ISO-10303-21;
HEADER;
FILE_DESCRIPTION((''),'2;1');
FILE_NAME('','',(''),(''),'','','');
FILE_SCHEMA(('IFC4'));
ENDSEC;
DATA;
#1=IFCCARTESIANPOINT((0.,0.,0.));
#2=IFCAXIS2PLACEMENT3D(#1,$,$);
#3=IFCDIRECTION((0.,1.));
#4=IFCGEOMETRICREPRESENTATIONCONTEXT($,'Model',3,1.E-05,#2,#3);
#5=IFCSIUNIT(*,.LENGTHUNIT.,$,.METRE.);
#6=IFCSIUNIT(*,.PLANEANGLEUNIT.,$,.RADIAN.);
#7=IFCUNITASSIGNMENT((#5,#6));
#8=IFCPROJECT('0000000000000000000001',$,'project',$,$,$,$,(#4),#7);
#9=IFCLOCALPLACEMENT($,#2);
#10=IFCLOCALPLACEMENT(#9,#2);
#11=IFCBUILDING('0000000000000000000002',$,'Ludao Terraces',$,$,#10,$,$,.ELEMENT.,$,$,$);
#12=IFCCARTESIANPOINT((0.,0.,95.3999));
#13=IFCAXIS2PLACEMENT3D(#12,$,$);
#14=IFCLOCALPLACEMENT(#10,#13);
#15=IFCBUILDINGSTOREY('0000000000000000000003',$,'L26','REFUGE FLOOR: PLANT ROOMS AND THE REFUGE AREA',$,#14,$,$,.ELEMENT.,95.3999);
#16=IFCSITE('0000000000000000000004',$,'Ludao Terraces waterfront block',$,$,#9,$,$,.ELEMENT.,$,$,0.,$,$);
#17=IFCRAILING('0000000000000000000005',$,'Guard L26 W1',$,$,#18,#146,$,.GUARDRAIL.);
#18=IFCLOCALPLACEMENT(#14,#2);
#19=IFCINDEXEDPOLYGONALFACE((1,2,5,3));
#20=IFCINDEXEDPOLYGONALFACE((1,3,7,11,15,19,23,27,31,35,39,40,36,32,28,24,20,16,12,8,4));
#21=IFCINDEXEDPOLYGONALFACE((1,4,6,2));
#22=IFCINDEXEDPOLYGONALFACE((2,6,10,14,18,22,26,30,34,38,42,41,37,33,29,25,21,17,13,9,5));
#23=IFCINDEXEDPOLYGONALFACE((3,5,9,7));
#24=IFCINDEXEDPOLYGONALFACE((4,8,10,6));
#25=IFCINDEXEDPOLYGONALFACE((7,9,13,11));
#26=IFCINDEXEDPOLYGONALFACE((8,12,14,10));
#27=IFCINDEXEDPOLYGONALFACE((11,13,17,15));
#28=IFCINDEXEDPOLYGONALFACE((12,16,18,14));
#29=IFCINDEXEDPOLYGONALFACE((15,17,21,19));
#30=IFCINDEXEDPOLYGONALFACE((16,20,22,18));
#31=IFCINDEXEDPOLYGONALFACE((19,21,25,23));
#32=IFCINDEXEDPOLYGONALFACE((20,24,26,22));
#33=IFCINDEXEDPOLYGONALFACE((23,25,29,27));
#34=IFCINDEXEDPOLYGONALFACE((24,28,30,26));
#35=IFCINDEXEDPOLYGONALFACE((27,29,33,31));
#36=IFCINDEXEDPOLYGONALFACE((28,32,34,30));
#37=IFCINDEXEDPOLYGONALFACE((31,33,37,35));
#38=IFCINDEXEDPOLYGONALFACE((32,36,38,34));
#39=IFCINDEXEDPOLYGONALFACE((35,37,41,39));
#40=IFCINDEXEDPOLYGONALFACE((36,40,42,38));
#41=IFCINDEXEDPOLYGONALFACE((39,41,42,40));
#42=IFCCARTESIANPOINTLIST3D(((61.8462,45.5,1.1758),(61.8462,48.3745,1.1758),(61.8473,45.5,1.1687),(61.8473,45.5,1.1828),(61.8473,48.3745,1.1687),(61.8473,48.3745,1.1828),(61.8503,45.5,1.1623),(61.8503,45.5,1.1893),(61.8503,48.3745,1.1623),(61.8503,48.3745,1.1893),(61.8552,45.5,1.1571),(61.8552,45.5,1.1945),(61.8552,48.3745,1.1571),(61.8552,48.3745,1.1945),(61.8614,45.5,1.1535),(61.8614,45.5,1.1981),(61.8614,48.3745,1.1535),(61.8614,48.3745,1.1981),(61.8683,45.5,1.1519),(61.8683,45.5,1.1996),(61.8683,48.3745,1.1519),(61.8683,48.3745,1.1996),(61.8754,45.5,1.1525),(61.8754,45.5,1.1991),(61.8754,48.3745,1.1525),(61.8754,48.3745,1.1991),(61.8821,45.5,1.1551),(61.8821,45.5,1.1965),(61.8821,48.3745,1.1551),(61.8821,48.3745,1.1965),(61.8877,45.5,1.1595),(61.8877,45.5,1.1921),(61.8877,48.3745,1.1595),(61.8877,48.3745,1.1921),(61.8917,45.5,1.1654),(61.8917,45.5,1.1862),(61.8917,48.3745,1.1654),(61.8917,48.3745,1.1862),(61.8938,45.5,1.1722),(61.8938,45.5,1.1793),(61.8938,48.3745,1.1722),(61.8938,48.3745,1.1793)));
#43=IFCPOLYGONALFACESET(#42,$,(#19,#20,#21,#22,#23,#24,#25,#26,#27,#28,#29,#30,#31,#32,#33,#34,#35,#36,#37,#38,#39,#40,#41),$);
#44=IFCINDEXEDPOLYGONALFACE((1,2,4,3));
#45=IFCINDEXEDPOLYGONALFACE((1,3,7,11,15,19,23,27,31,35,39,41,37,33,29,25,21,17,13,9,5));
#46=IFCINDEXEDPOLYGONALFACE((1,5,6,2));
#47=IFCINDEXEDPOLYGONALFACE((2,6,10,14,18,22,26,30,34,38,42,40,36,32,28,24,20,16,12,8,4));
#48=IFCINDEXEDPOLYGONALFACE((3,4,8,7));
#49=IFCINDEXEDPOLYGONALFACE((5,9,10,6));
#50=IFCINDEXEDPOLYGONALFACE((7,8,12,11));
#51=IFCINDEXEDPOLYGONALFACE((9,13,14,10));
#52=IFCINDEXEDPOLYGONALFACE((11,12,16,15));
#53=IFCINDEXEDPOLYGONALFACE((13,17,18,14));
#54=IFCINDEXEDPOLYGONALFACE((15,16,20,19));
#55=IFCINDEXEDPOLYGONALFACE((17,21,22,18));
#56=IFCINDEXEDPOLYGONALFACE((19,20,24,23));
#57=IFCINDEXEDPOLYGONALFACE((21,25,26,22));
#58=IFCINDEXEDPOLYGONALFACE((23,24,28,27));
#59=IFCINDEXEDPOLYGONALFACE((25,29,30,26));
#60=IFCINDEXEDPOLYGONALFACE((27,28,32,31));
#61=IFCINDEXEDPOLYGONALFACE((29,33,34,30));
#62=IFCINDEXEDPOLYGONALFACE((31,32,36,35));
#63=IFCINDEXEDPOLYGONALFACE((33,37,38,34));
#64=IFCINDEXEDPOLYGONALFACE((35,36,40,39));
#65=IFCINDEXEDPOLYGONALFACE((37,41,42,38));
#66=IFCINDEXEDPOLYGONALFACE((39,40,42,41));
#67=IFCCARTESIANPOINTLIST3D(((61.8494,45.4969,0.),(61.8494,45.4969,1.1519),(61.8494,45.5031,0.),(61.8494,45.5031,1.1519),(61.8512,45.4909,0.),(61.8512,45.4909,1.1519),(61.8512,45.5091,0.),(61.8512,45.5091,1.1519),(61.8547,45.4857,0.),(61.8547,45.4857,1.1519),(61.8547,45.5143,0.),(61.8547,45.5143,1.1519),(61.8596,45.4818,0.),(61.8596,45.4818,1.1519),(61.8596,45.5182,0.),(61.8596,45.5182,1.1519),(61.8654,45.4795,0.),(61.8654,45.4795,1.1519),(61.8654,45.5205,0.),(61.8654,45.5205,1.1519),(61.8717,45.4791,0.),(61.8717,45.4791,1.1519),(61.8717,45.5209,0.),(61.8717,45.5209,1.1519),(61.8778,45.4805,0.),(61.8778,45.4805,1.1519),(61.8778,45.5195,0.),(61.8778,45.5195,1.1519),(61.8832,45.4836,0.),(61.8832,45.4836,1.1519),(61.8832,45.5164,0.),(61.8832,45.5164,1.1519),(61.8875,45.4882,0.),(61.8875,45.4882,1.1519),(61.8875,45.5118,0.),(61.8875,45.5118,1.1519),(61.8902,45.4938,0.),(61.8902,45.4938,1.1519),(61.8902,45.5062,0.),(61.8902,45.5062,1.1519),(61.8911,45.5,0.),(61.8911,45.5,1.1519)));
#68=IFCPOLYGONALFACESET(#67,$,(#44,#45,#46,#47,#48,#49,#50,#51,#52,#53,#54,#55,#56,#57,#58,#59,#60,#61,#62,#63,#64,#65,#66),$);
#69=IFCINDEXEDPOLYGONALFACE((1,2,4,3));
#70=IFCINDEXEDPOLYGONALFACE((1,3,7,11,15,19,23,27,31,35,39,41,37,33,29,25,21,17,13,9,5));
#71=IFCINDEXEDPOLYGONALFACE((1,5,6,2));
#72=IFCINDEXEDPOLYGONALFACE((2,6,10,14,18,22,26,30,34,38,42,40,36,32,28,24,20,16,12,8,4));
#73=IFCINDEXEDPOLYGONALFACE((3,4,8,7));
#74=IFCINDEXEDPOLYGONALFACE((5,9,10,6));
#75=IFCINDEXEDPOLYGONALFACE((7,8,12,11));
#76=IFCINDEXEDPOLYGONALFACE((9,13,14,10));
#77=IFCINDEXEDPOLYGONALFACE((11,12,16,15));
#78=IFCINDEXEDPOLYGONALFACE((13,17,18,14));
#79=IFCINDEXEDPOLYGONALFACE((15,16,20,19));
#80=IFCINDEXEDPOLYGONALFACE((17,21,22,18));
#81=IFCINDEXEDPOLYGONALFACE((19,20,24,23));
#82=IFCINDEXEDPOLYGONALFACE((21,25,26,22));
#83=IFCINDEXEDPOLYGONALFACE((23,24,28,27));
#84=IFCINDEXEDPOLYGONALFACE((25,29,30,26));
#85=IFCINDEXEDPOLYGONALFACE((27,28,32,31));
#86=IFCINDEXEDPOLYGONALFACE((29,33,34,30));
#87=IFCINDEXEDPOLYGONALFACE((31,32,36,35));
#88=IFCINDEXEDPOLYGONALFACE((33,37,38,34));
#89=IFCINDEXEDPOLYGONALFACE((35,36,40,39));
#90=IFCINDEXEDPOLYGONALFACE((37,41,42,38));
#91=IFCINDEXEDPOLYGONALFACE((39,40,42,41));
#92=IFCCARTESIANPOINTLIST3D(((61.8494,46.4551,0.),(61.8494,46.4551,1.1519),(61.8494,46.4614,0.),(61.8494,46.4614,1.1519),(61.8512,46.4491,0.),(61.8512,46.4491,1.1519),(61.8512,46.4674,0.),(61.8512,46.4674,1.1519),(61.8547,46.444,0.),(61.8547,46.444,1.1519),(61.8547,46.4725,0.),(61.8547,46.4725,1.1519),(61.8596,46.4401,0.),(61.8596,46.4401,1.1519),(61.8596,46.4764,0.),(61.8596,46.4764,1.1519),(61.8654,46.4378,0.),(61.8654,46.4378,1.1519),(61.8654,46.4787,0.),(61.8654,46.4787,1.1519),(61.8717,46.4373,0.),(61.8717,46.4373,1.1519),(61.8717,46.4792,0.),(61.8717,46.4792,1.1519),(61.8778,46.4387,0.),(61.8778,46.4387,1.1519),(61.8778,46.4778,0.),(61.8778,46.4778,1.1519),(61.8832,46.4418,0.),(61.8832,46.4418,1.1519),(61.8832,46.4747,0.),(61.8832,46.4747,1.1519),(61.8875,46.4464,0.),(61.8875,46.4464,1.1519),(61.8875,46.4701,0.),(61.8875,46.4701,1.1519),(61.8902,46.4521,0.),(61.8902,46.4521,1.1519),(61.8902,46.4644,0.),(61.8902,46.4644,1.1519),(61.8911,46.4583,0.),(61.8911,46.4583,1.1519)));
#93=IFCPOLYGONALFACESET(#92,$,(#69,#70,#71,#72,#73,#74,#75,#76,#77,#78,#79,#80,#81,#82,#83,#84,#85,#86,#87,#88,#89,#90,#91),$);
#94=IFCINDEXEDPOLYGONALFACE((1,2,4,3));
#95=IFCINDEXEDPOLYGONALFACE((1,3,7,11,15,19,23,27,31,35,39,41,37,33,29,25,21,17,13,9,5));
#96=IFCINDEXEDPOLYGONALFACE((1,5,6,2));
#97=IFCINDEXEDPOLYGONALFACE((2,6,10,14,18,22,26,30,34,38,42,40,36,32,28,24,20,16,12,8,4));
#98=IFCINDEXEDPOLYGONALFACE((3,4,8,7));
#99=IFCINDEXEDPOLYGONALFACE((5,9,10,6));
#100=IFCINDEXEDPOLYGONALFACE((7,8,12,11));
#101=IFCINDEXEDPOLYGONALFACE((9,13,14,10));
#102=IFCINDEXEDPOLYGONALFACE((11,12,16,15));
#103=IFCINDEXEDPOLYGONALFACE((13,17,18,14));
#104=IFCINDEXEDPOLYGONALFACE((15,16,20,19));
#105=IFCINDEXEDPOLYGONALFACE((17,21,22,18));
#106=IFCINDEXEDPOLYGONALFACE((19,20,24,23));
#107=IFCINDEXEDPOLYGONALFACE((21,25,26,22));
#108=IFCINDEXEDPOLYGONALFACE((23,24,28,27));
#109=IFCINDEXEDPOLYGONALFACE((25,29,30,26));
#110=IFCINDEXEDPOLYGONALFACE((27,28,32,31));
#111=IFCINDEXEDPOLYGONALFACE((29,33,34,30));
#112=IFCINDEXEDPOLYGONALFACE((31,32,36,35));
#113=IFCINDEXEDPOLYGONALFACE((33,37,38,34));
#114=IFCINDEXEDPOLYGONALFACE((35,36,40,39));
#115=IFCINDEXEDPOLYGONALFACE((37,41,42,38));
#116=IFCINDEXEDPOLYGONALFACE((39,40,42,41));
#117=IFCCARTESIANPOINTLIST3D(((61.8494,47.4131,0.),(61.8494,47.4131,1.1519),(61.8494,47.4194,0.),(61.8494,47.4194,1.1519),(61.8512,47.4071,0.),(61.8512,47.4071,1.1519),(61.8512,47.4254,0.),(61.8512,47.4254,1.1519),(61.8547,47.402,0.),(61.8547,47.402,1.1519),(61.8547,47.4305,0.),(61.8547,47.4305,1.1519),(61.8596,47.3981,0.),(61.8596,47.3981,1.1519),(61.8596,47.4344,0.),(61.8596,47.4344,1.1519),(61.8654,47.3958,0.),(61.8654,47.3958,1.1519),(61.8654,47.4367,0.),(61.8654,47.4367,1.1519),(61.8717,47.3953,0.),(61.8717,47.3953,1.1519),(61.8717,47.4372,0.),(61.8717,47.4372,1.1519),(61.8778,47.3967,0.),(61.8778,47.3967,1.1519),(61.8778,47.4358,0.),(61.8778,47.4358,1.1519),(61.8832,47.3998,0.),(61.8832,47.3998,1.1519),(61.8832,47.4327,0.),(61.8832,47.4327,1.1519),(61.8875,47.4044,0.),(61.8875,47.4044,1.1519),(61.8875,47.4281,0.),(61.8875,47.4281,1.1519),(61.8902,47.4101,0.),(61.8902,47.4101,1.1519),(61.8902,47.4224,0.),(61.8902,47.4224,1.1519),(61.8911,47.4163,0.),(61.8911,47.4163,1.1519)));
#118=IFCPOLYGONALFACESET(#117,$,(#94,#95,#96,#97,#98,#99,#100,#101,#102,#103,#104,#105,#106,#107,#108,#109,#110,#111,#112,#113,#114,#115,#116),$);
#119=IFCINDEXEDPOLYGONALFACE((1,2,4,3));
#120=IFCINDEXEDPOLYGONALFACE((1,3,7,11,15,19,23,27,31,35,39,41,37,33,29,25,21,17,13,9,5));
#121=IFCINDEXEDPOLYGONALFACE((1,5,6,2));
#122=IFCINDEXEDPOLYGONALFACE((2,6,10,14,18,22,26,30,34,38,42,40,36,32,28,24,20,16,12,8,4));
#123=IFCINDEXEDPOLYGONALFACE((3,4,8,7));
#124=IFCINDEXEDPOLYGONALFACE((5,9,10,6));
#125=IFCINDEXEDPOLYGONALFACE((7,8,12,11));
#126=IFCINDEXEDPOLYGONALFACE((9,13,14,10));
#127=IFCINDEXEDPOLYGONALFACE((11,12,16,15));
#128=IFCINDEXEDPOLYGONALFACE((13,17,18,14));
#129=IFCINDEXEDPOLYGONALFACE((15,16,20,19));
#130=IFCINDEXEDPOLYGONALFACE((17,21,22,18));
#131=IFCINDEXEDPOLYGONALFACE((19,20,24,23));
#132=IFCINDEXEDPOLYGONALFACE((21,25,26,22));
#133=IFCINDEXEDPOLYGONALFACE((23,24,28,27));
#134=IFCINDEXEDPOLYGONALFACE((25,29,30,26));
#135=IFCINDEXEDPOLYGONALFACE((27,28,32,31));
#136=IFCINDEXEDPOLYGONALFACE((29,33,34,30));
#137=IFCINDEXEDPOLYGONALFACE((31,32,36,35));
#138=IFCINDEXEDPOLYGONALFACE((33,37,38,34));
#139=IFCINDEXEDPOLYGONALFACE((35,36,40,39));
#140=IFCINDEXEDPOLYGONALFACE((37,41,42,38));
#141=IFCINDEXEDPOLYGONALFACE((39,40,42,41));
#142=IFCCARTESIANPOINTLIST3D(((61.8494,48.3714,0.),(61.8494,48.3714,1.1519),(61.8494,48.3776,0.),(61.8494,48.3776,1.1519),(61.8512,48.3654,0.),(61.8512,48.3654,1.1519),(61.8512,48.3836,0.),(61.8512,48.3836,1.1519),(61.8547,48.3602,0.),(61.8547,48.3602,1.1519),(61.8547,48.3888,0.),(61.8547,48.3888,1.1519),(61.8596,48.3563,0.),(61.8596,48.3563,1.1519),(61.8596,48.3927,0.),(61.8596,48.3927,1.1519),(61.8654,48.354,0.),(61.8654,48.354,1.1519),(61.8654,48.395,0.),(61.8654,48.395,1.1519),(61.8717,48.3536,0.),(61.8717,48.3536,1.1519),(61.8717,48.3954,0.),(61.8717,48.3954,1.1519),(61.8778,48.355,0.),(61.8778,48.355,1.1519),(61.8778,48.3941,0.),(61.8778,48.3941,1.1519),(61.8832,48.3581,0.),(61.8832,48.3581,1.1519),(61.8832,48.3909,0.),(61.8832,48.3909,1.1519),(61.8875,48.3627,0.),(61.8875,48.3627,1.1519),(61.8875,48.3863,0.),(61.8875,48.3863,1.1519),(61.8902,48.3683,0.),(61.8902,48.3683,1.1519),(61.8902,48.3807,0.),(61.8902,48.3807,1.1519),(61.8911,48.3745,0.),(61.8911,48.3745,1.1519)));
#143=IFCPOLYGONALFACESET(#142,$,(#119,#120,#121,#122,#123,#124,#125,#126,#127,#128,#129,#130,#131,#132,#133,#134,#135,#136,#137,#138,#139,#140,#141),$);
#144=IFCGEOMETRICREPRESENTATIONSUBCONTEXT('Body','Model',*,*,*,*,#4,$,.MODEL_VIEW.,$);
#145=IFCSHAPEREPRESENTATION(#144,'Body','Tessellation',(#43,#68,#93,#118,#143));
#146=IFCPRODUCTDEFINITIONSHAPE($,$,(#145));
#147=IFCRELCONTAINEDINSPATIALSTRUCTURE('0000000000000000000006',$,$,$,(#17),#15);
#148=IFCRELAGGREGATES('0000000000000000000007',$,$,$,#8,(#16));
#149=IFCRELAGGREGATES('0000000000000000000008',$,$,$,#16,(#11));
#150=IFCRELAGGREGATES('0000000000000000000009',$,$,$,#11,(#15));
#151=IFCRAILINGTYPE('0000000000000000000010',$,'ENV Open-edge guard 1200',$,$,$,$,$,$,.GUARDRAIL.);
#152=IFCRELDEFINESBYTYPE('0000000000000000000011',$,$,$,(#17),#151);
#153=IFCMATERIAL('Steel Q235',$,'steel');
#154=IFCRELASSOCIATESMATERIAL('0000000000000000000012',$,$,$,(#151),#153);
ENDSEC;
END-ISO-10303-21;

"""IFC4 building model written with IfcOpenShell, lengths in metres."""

from ifc_helpers import new_model, si_unit, direction, frame, origin, origin_2d, place, context, subcontext, project, spatial, circle, extrude, material, type_object, element, save


model = new_model("IFC4")

# Units and contexts
model_context = context("Model", 3, precision=1e-05, world=origin(), true_north=direction((0.0, 1.0)))
body_context = subcontext(model_context, "Body", "Model", "MODEL_VIEW")
ifc_project = project(units=[si_unit("LENGTHUNIT", "METRE"), si_unit("PLANEANGLEUNIT", "RADIAN")], contexts=[model_context])

# Site, building, storey
site_placement = place(None, origin())
site = spatial("IfcSite", under=ifc_project, at=site_placement, Name="Ludao Terraces waterfront block", CompositionType="ELEMENT", RefElevation=0.0)
building_placement = place(site_placement, origin())
building = spatial("IfcBuilding", under=site, at=building_placement, Name="Ludao Terraces", CompositionType="ELEMENT")
storey_placement = place(building_placement, frame((0.0, 0.0, 95.3999)))
storey = spatial("IfcBuildingStorey", under=building, at=storey_placement, Name="L26", Description="REFUGE FLOOR: PLANT ROOMS AND THE REFUGE AREA", CompositionType="ELEMENT", Elevation=95.3999)

# Shared definitions
ifc_material_1 = material(Name="Steel Q235", Category="steel")

# Railing
railing_type = type_object("IfcRailingType", Name="ENV Open-edge guard 1200", PredefinedType="GUARDRAIL", material=ifc_material_1)
railing_placement = place(storey_placement, frame((61.8701, 45.5, 0.0)))
element("IfcRailing", 1, at=railing_placement, inside=storey, type_object=railing_type, Name="Guard L26 W1", PredefinedType="GUARDRAIL", context=body_context, shape_type="SweptSolid", body=[
    extrude(circle(Radius=0.0239, at=origin_2d()), frame((0.0, 0.0, 1.1758), z_axis=(0.0, 1.0, 0.0), x_axis=(-1.0, 0.0, 0.0)), (0.0, 0.0, 1.0), 2.8745),
    extrude(circle(Radius=0.021, at=origin_2d()), origin(), (0.0, 0.0, 1.0), 1.1519),
    extrude(circle(Radius=0.021, at=origin_2d()), frame((0.0, 0.9583, 0.0)), (0.0, 0.0, 1.0), 1.1519),
    extrude(circle(Radius=0.021, at=origin_2d()), frame((0.0, 1.9163, 0.0)), (0.0, 0.0, 1.0), 1.1519),
    extrude(circle(Radius=0.021, at=origin_2d()), frame((0.0, 2.8745, 0.0)), (0.0, 0.0, 1.0), 1.1519),
])

save(model, "model.ifc")
